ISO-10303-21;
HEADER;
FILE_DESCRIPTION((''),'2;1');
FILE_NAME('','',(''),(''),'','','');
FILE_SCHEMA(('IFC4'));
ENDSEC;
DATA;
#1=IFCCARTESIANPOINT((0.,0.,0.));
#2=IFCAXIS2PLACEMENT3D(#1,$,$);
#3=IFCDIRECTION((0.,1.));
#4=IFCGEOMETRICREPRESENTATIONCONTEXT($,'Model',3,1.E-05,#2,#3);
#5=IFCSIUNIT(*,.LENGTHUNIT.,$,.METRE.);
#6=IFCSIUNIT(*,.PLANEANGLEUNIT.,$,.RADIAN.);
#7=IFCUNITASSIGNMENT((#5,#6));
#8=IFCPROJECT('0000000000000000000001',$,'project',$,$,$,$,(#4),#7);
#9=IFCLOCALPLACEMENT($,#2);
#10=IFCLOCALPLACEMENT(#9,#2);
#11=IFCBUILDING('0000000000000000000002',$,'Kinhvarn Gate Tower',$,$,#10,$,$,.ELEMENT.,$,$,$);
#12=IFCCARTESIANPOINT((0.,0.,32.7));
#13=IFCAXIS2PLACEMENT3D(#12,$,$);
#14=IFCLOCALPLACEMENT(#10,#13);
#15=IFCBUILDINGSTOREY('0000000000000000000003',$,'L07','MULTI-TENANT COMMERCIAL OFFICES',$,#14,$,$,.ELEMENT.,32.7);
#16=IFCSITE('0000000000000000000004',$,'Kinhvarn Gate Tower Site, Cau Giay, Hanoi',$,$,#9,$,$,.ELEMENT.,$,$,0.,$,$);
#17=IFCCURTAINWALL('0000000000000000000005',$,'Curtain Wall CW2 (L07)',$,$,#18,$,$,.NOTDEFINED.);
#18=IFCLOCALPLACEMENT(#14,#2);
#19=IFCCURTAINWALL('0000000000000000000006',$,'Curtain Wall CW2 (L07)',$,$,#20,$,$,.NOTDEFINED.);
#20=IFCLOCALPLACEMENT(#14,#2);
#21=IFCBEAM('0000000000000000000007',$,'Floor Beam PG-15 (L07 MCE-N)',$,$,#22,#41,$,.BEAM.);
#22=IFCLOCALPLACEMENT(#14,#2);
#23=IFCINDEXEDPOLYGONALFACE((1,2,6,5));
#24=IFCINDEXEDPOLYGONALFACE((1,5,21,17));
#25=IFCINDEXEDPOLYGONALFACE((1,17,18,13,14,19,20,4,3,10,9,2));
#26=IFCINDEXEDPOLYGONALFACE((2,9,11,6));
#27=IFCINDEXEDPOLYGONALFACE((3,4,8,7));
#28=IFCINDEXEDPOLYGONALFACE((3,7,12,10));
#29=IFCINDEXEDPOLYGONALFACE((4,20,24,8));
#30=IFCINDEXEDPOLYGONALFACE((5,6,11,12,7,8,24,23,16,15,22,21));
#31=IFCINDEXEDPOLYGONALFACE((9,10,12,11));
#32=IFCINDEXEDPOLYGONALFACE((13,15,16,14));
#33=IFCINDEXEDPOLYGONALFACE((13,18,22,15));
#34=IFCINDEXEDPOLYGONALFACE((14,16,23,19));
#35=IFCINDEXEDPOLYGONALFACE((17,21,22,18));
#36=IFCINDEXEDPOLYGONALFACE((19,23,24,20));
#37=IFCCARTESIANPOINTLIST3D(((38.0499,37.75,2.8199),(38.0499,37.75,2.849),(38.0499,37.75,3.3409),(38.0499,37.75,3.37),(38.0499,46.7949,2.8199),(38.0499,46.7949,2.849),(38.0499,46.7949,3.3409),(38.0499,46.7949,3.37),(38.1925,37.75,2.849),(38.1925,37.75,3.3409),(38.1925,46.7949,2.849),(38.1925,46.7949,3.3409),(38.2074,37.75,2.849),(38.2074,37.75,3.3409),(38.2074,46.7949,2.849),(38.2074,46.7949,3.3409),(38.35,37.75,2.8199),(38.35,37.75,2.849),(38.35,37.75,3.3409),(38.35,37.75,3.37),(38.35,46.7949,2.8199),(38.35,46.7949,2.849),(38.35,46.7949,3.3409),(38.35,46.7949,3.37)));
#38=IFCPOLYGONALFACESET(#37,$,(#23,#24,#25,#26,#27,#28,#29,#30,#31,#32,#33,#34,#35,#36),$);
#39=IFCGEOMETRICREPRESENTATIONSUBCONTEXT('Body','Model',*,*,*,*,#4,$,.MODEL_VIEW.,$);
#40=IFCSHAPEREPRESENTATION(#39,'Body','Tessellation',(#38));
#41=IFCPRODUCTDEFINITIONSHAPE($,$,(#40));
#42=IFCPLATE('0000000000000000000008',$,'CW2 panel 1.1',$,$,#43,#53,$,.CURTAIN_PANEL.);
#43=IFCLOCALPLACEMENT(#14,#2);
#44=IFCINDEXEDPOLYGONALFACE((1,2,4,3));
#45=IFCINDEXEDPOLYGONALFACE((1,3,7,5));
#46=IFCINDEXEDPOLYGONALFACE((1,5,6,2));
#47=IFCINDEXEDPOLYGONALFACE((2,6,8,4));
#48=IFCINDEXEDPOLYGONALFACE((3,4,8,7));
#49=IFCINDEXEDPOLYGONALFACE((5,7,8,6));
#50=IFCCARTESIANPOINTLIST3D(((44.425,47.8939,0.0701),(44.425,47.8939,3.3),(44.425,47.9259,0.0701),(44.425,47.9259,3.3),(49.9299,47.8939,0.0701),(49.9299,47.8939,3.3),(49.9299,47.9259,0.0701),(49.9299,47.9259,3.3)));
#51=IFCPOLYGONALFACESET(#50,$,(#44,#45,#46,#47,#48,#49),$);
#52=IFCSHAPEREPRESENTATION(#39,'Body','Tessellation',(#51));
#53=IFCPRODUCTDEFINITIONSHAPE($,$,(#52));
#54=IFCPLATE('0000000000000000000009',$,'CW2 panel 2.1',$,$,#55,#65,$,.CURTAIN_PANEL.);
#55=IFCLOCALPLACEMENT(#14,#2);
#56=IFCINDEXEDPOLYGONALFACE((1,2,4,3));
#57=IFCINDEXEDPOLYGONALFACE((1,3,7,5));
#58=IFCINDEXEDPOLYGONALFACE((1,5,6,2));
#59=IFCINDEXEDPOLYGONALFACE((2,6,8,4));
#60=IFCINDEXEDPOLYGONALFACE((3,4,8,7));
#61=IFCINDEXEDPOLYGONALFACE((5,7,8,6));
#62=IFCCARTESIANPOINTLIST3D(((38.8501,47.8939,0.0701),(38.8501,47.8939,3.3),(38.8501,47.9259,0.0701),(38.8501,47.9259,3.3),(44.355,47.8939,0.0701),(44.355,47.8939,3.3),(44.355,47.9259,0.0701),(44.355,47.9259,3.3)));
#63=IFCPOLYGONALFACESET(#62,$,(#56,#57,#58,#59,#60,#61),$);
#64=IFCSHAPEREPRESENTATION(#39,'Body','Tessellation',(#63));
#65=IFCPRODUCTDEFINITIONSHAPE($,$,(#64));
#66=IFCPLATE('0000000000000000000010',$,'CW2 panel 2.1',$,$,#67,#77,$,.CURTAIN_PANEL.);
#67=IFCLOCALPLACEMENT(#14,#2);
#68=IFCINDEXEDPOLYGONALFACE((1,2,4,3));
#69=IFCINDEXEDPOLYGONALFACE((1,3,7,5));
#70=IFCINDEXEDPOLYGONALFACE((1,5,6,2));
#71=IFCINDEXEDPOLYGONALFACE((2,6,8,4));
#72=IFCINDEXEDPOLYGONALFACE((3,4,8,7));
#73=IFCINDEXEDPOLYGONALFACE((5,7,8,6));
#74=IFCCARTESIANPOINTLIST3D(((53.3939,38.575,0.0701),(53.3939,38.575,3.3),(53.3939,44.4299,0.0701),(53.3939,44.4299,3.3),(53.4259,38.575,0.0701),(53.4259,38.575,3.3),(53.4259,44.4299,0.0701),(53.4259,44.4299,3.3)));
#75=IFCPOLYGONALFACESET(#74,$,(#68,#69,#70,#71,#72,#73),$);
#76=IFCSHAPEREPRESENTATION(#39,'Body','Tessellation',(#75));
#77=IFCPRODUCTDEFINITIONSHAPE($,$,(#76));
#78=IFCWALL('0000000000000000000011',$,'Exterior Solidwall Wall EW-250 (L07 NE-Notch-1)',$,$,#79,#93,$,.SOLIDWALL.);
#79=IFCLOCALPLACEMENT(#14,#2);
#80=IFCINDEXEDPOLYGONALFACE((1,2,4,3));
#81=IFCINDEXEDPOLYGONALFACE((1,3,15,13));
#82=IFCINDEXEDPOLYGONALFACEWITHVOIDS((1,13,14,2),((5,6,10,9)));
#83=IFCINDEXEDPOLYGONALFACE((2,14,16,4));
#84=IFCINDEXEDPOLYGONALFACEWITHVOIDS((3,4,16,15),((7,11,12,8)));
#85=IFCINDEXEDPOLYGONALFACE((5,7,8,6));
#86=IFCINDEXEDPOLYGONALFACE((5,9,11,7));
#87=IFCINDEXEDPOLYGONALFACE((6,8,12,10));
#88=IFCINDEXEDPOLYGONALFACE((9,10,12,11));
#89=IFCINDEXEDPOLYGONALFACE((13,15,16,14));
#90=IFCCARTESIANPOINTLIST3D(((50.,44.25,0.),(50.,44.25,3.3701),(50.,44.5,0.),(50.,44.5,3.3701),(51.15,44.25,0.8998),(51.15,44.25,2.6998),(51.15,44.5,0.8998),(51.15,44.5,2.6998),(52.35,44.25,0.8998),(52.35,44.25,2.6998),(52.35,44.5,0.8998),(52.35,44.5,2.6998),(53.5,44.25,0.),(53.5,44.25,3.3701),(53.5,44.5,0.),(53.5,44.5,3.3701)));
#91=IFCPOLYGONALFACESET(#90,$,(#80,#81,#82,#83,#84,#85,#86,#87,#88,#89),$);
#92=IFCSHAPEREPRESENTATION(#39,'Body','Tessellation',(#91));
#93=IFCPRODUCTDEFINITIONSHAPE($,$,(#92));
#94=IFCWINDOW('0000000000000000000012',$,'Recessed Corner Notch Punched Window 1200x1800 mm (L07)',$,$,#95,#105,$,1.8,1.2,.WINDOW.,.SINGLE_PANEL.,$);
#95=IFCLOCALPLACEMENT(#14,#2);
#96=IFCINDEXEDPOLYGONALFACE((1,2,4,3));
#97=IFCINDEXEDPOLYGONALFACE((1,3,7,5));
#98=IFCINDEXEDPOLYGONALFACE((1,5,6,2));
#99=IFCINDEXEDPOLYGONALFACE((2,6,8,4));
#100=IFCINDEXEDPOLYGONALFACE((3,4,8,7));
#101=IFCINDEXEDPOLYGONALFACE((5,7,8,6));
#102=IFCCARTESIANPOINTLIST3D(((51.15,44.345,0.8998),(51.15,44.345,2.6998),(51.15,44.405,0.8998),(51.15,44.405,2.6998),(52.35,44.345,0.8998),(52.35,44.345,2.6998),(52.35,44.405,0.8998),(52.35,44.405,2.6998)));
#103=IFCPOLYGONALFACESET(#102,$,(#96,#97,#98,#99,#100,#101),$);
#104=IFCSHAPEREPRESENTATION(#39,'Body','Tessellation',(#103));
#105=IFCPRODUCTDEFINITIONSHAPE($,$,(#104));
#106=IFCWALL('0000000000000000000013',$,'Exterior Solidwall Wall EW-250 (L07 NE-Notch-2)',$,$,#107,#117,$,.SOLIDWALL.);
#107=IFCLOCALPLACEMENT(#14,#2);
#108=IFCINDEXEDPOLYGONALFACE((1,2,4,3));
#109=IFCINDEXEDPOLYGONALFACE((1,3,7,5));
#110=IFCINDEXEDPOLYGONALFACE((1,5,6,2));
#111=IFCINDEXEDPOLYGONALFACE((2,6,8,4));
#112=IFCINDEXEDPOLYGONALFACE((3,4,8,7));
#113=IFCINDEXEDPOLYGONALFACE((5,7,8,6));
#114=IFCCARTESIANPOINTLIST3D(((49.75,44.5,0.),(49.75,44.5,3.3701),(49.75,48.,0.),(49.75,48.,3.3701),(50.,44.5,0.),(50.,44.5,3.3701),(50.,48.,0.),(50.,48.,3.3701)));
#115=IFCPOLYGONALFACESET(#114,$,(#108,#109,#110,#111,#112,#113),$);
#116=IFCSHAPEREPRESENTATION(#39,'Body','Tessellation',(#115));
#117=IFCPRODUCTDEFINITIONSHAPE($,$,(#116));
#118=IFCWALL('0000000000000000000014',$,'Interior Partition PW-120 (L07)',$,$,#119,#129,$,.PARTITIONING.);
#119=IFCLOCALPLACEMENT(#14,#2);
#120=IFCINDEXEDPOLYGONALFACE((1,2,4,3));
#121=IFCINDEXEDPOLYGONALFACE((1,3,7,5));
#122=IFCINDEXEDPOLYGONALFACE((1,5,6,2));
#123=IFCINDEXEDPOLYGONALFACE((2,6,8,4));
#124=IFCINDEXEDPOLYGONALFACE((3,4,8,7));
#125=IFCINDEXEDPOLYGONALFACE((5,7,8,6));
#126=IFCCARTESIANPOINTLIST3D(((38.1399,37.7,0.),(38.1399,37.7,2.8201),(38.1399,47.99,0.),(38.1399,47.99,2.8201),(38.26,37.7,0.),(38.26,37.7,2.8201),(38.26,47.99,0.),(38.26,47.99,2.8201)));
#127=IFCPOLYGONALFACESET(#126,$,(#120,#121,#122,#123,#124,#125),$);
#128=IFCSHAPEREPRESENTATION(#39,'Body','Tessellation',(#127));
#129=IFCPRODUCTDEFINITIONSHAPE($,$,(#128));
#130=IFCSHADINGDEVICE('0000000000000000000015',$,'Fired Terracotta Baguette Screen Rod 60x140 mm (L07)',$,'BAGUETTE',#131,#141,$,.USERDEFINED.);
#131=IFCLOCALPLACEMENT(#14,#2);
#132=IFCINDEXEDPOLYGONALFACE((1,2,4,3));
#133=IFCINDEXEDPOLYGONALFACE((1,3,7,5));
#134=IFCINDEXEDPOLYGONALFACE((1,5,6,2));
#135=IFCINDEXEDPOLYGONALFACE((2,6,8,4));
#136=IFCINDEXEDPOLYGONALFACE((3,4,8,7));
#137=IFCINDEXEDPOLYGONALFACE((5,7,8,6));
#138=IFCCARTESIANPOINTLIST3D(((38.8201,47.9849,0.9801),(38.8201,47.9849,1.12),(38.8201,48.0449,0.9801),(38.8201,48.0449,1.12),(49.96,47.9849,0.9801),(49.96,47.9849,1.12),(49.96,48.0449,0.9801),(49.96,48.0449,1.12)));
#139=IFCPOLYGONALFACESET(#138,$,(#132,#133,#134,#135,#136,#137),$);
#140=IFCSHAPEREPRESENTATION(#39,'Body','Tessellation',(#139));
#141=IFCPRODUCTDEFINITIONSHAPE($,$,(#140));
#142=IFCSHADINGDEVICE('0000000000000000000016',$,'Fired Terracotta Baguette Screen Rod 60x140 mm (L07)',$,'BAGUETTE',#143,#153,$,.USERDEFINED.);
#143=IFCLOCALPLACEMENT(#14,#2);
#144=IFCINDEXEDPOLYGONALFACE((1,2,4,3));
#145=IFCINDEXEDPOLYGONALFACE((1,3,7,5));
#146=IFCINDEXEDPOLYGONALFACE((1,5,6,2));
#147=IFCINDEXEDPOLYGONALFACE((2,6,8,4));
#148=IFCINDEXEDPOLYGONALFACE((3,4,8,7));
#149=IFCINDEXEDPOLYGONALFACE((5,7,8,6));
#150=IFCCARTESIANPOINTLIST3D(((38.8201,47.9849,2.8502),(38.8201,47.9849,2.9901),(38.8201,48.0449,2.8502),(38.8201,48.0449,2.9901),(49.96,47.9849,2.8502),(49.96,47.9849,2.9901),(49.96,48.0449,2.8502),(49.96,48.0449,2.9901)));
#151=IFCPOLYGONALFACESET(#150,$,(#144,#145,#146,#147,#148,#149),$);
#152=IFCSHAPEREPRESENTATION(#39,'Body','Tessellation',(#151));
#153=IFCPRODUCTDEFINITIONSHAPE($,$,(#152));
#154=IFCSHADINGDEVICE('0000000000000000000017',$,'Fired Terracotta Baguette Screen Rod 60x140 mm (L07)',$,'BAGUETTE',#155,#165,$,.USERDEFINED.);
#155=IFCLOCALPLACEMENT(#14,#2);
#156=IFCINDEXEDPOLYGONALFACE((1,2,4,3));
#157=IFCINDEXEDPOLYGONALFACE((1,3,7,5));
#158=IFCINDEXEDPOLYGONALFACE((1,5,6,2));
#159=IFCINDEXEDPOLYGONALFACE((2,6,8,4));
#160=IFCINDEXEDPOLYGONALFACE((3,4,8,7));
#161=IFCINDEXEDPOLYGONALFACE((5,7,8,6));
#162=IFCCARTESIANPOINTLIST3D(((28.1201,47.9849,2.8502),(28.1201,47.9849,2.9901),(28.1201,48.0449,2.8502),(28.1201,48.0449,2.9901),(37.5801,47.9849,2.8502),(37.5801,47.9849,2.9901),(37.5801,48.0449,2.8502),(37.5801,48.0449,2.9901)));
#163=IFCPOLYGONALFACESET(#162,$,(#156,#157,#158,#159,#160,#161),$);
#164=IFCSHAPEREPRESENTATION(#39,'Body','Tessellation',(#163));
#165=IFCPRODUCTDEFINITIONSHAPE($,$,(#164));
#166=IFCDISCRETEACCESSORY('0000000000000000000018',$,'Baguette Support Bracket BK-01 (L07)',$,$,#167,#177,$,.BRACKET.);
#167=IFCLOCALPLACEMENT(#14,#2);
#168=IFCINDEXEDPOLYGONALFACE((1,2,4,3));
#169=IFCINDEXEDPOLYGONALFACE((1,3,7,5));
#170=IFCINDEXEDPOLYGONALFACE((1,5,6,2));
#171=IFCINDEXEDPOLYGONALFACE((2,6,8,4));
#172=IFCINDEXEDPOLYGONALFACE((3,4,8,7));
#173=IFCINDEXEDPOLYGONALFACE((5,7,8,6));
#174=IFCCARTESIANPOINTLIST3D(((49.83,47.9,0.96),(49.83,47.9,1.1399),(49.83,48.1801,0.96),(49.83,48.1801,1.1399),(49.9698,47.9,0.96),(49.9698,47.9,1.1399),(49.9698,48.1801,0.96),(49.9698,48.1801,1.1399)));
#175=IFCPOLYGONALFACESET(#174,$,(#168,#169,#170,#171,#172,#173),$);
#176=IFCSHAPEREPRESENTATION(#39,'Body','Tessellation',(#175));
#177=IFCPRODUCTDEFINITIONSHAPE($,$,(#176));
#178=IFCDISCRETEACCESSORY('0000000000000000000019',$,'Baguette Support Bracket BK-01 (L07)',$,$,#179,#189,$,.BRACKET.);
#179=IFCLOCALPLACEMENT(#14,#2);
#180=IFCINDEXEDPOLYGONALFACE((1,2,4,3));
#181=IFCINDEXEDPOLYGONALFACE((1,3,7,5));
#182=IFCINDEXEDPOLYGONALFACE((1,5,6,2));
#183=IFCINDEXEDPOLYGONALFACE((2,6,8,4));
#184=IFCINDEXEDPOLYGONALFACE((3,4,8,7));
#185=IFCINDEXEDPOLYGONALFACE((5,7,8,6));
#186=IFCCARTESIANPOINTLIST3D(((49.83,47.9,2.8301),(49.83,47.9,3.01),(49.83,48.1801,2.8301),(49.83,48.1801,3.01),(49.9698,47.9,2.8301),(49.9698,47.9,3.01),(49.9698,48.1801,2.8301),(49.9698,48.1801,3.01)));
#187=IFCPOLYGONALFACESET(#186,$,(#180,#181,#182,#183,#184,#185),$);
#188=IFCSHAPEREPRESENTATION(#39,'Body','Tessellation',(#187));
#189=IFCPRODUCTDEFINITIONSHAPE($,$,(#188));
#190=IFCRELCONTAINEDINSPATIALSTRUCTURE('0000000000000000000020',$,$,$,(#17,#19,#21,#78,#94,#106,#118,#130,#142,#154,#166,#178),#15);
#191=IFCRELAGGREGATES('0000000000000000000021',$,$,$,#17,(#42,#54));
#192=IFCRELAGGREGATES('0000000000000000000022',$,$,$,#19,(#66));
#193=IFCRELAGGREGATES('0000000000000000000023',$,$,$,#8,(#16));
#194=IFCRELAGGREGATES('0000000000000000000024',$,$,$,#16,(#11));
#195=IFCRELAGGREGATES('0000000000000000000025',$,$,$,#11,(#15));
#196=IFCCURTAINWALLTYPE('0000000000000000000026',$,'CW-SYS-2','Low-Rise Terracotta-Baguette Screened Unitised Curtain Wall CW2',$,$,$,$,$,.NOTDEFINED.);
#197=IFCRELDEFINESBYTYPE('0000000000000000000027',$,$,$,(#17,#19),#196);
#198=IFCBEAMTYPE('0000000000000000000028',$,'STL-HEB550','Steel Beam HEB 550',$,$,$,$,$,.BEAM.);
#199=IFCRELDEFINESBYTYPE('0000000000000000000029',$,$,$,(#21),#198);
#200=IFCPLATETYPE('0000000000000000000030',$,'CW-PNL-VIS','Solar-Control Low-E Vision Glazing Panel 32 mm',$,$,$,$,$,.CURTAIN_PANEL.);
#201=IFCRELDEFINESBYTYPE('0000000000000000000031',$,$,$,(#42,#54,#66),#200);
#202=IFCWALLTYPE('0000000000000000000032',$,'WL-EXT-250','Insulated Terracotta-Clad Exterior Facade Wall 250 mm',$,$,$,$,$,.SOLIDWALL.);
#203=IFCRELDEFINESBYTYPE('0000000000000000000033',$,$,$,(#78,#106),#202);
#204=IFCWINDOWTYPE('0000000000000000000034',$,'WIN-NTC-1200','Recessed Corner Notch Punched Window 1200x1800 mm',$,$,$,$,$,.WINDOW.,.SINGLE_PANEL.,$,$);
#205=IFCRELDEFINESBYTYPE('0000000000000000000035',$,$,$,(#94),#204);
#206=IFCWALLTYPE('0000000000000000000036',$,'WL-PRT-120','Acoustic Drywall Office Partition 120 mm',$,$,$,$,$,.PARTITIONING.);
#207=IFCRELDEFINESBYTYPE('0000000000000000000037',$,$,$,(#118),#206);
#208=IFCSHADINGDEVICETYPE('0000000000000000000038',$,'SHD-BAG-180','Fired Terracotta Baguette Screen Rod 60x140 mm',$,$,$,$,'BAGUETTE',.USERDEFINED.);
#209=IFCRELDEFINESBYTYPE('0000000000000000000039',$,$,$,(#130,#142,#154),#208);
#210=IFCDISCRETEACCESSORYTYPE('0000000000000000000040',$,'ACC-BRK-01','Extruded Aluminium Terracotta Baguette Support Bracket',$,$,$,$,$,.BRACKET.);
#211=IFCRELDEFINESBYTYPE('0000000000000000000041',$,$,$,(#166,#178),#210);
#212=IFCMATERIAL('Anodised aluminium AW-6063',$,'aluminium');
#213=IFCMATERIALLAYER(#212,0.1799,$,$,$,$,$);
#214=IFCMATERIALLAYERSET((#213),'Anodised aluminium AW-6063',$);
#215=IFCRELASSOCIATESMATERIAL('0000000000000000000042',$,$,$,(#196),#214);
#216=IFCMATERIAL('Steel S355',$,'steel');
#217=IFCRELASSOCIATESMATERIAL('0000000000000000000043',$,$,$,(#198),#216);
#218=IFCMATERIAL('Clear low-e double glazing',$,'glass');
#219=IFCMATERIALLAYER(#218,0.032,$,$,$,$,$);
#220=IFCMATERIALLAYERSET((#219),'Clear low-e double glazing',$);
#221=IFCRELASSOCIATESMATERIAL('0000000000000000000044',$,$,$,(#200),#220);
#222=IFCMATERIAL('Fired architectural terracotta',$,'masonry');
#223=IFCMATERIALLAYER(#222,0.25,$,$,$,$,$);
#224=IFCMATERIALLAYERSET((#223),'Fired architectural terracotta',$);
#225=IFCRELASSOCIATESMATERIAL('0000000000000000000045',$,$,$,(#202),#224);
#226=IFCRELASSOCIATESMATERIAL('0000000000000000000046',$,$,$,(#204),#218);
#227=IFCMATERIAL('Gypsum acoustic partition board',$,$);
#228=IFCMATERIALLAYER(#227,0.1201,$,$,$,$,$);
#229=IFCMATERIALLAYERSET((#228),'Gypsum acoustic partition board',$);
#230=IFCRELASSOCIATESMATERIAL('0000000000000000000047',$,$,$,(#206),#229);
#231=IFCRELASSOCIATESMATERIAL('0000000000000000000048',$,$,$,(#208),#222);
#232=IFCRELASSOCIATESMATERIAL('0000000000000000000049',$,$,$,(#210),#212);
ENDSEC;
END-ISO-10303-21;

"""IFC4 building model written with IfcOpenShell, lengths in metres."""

from ifc_helpers import new_model, si_unit, direction, frame, frame_2d, origin, origin_2d, place, context, subcontext, project, spatial, rectangle, i_section, extrude, material, layer, layer_set, material_profile, profile_set, type_object, element, fill, aggregate, save


model = new_model("IFC4")

# Units and contexts
model_context = context("Model", 3, precision=1e-05, world=origin(), true_north=direction((0.0, 1.0)))
body_context = subcontext(model_context, "Body", "Model", "MODEL_VIEW")
ifc_project = project(units=[si_unit("LENGTHUNIT", "METRE"), si_unit("PLANEANGLEUNIT", "RADIAN")], contexts=[model_context])

# Site, building, storey
site_placement = place(None, origin())
site = spatial("IfcSite", under=ifc_project, at=site_placement, Name="Kinhvarn Gate Tower Site, Cau Giay, Hanoi", CompositionType="ELEMENT", RefElevation=0.0)
building_placement = place(site_placement, origin())
building = spatial("IfcBuilding", under=site, at=building_placement, Name="Kinhvarn Gate Tower", CompositionType="ELEMENT")
storey_placement = place(building_placement, frame((0.0, 0.0, 32.7)))
storey = spatial("IfcBuildingStorey", under=building, at=storey_placement, Name="L07", Description="MULTI-TENANT COMMERCIAL OFFICES", CompositionType="ELEMENT", Elevation=32.7)

# Curtain wall
ifc_material_1 = material(Name="Anodised aluminium AW-6063", Category="aluminium")
ifc_layer_1 = layer(ifc_material_1, 0.1799)
ifc_layer_set_1 = layer_set([ifc_layer_1], Name="Anodised aluminium AW-6063")
curtain_wall_type = type_object("IfcCurtainWallType", Name="CW-SYS-2", Description="Low-Rise Terracotta-Baguette Screened Unitised Curtain Wall CW2", PredefinedType="NOTDEFINED", material=ifc_layer_set_1)
curtain_wall_1_placement = place(storey_placement, origin())
curtain_wall_1 = element("IfcCurtainWall", 1, at=curtain_wall_1_placement, inside=storey, type_object=curtain_wall_type, Name="Curtain Wall CW2 (L07)", PredefinedType="NOTDEFINED")

# Curtain wall
curtain_wall_2_placement = place(storey_placement, origin())
curtain_wall_2 = element("IfcCurtainWall", 2, at=curtain_wall_2_placement, inside=storey, type_object=curtain_wall_type, Name="Curtain Wall CW2 (L07)", PredefinedType="NOTDEFINED")

# Beam
ifc_material_2 = material(Name="Steel S355", Category="steel")
ifc_material_profile_1 = material_profile(ifc_material_2, i_section(OverallWidth=0.3, OverallDepth=0.55, WebThickness=0.0149, FlangeThickness=0.0291, at=origin_2d()), Name="HEB 550")
ifc_profile_set_1 = profile_set([ifc_material_profile_1], Name="Steel S355")
beam_type = type_object("IfcBeamType", Name="STL-HEB550", Description="Steel Beam HEB 550", PredefinedType="BEAM", material=ifc_profile_set_1)
beam_placement = place(storey_placement, frame((38.2, 37.75, 3.095), z_axis=(0.0, 1.0, 0.0), x_axis=(-1.0, 0.0, 0.0)))
element("IfcBeam", 3, at=beam_placement, inside=storey, type_object=beam_type, Name="Floor Beam PG-15 (L07 MCE-N)", PredefinedType="BEAM", context=body_context, shape_type="SweptSolid", body=[
    extrude(i_section(OverallWidth=0.3, OverallDepth=0.55, WebThickness=0.0149, FlangeThickness=0.0291, at=origin_2d()), origin(), (0.0, 0.0, 1.0), 9.0449),
])

# Plates
ifc_material_3 = material(Name="Clear low-e double glazing", Category="glass")
ifc_layer_2 = layer(ifc_material_3, 0.032)
ifc_layer_set_2 = layer_set([ifc_layer_2], Name="Clear low-e double glazing")
plate_type = type_object("IfcPlateType", Name="CW-PNL-VIS", Description="Solar-Control Low-E Vision Glazing Panel 32 mm", PredefinedType="CURTAIN_PANEL", material=ifc_layer_set_2)
plate_1_placement = place(storey_placement, frame((47.1775, 47.9099, 0.0701), z_axis=(0.0, 0.0, 1.0), x_axis=(-1.0, 0.0, 0.0)))
plate_1 = element("IfcPlate", 4, at=plate_1_placement, type_object=plate_type, Name="CW2 panel 1.1", PredefinedType="CURTAIN_PANEL", context=body_context, shape_type="SweptSolid", body=[
    extrude(rectangle(XDim=5.5049, YDim=0.032, at=origin_2d()), origin(), (0.0, 0.0, 1.0), 3.23),
])
plate_2_placement = place(storey_placement, frame((41.6025, 47.9099, 0.0701), z_axis=(0.0, 0.0, 1.0), x_axis=(-1.0, 0.0, 0.0)))
plate_2 = element("IfcPlate", 5, at=plate_2_placement, type_object=plate_type, Name="CW2 panel 2.1", PredefinedType="CURTAIN_PANEL", context=body_context, shape_type="SweptSolid", body=[
    extrude(rectangle(XDim=5.5049, YDim=0.032, at=origin_2d()), origin(), (0.0, 0.0, 1.0), 3.23),
])
aggregate(curtain_wall_1, [plate_1, plate_2])
plate_3_placement = place(storey_placement, frame((53.4099, 41.5024, 0.0701), z_axis=(0.0, 0.0, 1.0), x_axis=(0.0, 1.0, 0.0)))
plate_3 = element("IfcPlate", 6, at=plate_3_placement, type_object=plate_type, Name="CW2 panel 2.1", PredefinedType="CURTAIN_PANEL", context=body_context, shape_type="SweptSolid", body=[
    extrude(rectangle(XDim=5.855, YDim=0.032, at=origin_2d()), origin(), (0.0, 0.0, 1.0), 3.23),
])
aggregate(curtain_wall_2, [plate_3])

# Wall, opening, window
ifc_material_4 = material(Name="Fired architectural terracotta", Category="masonry")
ifc_layer_3 = layer(ifc_material_4, 0.25)
ifc_layer_set_3 = layer_set([ifc_layer_3], Name="Fired architectural terracotta")
wall_type_1 = type_object("IfcWallType", Name="WL-EXT-250", Description="Insulated Terracotta-Clad Exterior Facade Wall 250 mm", PredefinedType="SOLIDWALL", material=ifc_layer_set_3)
wall_1_placement = place(storey_placement, frame((53.5, 44.375, 0.0), z_axis=(0.0, 0.0, 1.0), x_axis=(-1.0, 0.0, 0.0)))
wall_1 = element("IfcWall", 7, at=wall_1_placement, inside=storey, type_object=wall_type_1, Name="Exterior Solidwall Wall EW-250 (L07 NE-Notch-1)", PredefinedType="SOLIDWALL", context=body_context, shape_type="SweptSolid", body=[
    extrude(rectangle(XDim=3.5, YDim=0.25, at=frame_2d((1.75, 0.0))), origin(), (0.0, 0.0, 1.0), 3.3701),
])
opening_placement = place(wall_1_placement, frame((1.1499, 0.0, 0.8999)))
opening = element("IfcOpeningElement", 8, at=opening_placement, cuts=wall_1, PredefinedType="OPENING", context=body_context, shape_type="SweptSolid", body=[
    extrude(rectangle(XDim=1.2, YDim=1.8, at=frame_2d((0.6001, 0.8999))), frame((0.0, 0.135, 0.0), z_axis=(0.0, -1.0, 0.0), x_axis=(1.0, 0.0, 0.0)), (0.0, 0.0, 1.0), 0.27),
])
window_type = type_object("IfcWindowType", Name="WIN-NTC-1200", Description="Recessed Corner Notch Punched Window 1200x1800 mm", PartitioningType="SINGLE_PANEL", PredefinedType="WINDOW", material=ifc_material_3)
window_placement = place(opening_placement, origin())
window = element("IfcWindow", 9, at=window_placement, inside=storey, type_object=window_type, Name="Recessed Corner Notch Punched Window 1200x1800 mm (L07)", OverallHeight=1.8, OverallWidth=1.2, PartitioningType="SINGLE_PANEL", PredefinedType="WINDOW", context=body_context, shape_type="SweptSolid", body=[
    extrude(rectangle(XDim=1.2, YDim=1.8, at=frame_2d((0.6001, 0.8999))), frame((0.0, 0.03, 0.0), z_axis=(0.0, -1.0, 0.0), x_axis=(1.0, 0.0, 0.0)), (0.0, 0.0, 1.0), 0.0601),
])
fill(opening, window)

# Walls
wall_2_placement = place(storey_placement, frame((49.875, 44.5, 0.0), z_axis=(0.0, 0.0, 1.0), x_axis=(0.0, 1.0, 0.0)))
element("IfcWall", 10, at=wall_2_placement, inside=storey, type_object=wall_type_1, Name="Exterior Solidwall Wall EW-250 (L07 NE-Notch-2)", PredefinedType="SOLIDWALL", context=body_context, shape_type="SweptSolid", body=[
    extrude(rectangle(XDim=3.5, YDim=0.25, at=frame_2d((1.75, 0.0))), origin(), (0.0, 0.0, 1.0), 3.3701),
])
ifc_material_5 = material(Name="Gypsum acoustic partition board")
ifc_layer_4 = layer(ifc_material_5, 0.1201)
ifc_layer_set_4 = layer_set([ifc_layer_4], Name="Gypsum acoustic partition board")
wall_type_2 = type_object("IfcWallType", Name="WL-PRT-120", Description="Acoustic Drywall Office Partition 120 mm", PredefinedType="PARTITIONING", material=ifc_layer_set_4)
wall_3_placement = place(storey_placement, frame((38.2, 37.7, 0.0), z_axis=(0.0, 0.0, 1.0), x_axis=(0.0, 1.0, 0.0)))
element("IfcWall", 11, at=wall_3_placement, inside=storey, type_object=wall_type_2, Name="Interior Partition PW-120 (L07)", PredefinedType="PARTITIONING", context=body_context, shape_type="SweptSolid", body=[
    extrude(rectangle(XDim=10.29, YDim=0.1201, at=frame_2d((5.145, 0.0))), origin(), (0.0, 0.0, 1.0), 2.8201),
])

# Shading devices
ifc_material_profile_2 = material_profile(ifc_material_4, rectangle(XDim=0.0601, YDim=0.1399, at=origin_2d()), Name="TC 60x140")
ifc_profile_set_2 = profile_set([ifc_material_profile_2], Name="Fired architectural terracotta")
shading_device_type = type_object("IfcShadingDeviceType", Name="SHD-BAG-180", Description="Fired Terracotta Baguette Screen Rod 60x140 mm", ElementType="BAGUETTE", PredefinedType="USERDEFINED", material=ifc_profile_set_2)
for number, where, z_axis, x_axis, name in (
    (12, (49.96, 48.0149, 1.05), (-1.0, 0.0, 0.0), (0.0, -1.0, 0.0), "Fired Terracotta Baguette Screen Rod 60x140 mm (L07)"),
    (13, (49.96, 48.0149, 2.9202), (-1.0, 0.0, 0.0), (0.0, -1.0, 0.0), "Fired Terracotta Baguette Screen Rod 60x140 mm (L07)"),
):
    element("IfcShadingDevice", number, at=place(storey_placement, frame(where, z_axis=z_axis, x_axis=x_axis)), inside=storey, type_object=shading_device_type, Name=name, ObjectType="BAGUETTE", PredefinedType="USERDEFINED", context=body_context, shape_type="SweptSolid", body=[
        extrude(rectangle(XDim=0.0601, YDim=0.1399, at=origin_2d()), origin(), (0.0, 0.0, 1.0), 11.1399),
    ])
shading_device_placement = place(storey_placement, frame((37.5801, 48.0149, 2.9202), z_axis=(-1.0, 0.0, 0.0), x_axis=(0.0, -1.0, 0.0)))
element("IfcShadingDevice", 14, at=shading_device_placement, inside=storey, type_object=shading_device_type, Name="Fired Terracotta Baguette Screen Rod 60x140 mm (L07)", ObjectType="BAGUETTE", PredefinedType="USERDEFINED", context=body_context, shape_type="SweptSolid", body=[
    extrude(rectangle(XDim=0.0601, YDim=0.1399, at=origin_2d()), origin(), (0.0, 0.0, 1.0), 9.46),
])

# Discrete accessories
discrete_accessory_type = type_object("IfcDiscreteAccessoryType", Name="ACC-BRK-01", Description="Extruded Aluminium Terracotta Baguette Support Bracket", PredefinedType="BRACKET", material=ifc_material_1)
for number, where, z_axis, x_axis, name in (
    (15, (49.8999, 48.04, 0.96), (0.0, 0.0, 1.0), (-1.0, 0.0, 0.0), "Baguette Support Bracket BK-01 (L07)"),
    (16, (49.8999, 48.04, 2.8301), (0.0, 0.0, 1.0), (-1.0, 0.0, 0.0), "Baguette Support Bracket BK-01 (L07)"),
):
    element("IfcDiscreteAccessory", number, at=place(storey_placement, frame(where, z_axis=z_axis, x_axis=x_axis)), inside=storey, type_object=discrete_accessory_type, Name=name, PredefinedType="BRACKET", context=body_context, shape_type="SweptSolid", body=[
        extrude(rectangle(XDim=0.1399, YDim=0.28, at=origin_2d()), origin(), (0.0, 0.0, 1.0), 0.1799),
    ])

save(model, "model.ifc")
